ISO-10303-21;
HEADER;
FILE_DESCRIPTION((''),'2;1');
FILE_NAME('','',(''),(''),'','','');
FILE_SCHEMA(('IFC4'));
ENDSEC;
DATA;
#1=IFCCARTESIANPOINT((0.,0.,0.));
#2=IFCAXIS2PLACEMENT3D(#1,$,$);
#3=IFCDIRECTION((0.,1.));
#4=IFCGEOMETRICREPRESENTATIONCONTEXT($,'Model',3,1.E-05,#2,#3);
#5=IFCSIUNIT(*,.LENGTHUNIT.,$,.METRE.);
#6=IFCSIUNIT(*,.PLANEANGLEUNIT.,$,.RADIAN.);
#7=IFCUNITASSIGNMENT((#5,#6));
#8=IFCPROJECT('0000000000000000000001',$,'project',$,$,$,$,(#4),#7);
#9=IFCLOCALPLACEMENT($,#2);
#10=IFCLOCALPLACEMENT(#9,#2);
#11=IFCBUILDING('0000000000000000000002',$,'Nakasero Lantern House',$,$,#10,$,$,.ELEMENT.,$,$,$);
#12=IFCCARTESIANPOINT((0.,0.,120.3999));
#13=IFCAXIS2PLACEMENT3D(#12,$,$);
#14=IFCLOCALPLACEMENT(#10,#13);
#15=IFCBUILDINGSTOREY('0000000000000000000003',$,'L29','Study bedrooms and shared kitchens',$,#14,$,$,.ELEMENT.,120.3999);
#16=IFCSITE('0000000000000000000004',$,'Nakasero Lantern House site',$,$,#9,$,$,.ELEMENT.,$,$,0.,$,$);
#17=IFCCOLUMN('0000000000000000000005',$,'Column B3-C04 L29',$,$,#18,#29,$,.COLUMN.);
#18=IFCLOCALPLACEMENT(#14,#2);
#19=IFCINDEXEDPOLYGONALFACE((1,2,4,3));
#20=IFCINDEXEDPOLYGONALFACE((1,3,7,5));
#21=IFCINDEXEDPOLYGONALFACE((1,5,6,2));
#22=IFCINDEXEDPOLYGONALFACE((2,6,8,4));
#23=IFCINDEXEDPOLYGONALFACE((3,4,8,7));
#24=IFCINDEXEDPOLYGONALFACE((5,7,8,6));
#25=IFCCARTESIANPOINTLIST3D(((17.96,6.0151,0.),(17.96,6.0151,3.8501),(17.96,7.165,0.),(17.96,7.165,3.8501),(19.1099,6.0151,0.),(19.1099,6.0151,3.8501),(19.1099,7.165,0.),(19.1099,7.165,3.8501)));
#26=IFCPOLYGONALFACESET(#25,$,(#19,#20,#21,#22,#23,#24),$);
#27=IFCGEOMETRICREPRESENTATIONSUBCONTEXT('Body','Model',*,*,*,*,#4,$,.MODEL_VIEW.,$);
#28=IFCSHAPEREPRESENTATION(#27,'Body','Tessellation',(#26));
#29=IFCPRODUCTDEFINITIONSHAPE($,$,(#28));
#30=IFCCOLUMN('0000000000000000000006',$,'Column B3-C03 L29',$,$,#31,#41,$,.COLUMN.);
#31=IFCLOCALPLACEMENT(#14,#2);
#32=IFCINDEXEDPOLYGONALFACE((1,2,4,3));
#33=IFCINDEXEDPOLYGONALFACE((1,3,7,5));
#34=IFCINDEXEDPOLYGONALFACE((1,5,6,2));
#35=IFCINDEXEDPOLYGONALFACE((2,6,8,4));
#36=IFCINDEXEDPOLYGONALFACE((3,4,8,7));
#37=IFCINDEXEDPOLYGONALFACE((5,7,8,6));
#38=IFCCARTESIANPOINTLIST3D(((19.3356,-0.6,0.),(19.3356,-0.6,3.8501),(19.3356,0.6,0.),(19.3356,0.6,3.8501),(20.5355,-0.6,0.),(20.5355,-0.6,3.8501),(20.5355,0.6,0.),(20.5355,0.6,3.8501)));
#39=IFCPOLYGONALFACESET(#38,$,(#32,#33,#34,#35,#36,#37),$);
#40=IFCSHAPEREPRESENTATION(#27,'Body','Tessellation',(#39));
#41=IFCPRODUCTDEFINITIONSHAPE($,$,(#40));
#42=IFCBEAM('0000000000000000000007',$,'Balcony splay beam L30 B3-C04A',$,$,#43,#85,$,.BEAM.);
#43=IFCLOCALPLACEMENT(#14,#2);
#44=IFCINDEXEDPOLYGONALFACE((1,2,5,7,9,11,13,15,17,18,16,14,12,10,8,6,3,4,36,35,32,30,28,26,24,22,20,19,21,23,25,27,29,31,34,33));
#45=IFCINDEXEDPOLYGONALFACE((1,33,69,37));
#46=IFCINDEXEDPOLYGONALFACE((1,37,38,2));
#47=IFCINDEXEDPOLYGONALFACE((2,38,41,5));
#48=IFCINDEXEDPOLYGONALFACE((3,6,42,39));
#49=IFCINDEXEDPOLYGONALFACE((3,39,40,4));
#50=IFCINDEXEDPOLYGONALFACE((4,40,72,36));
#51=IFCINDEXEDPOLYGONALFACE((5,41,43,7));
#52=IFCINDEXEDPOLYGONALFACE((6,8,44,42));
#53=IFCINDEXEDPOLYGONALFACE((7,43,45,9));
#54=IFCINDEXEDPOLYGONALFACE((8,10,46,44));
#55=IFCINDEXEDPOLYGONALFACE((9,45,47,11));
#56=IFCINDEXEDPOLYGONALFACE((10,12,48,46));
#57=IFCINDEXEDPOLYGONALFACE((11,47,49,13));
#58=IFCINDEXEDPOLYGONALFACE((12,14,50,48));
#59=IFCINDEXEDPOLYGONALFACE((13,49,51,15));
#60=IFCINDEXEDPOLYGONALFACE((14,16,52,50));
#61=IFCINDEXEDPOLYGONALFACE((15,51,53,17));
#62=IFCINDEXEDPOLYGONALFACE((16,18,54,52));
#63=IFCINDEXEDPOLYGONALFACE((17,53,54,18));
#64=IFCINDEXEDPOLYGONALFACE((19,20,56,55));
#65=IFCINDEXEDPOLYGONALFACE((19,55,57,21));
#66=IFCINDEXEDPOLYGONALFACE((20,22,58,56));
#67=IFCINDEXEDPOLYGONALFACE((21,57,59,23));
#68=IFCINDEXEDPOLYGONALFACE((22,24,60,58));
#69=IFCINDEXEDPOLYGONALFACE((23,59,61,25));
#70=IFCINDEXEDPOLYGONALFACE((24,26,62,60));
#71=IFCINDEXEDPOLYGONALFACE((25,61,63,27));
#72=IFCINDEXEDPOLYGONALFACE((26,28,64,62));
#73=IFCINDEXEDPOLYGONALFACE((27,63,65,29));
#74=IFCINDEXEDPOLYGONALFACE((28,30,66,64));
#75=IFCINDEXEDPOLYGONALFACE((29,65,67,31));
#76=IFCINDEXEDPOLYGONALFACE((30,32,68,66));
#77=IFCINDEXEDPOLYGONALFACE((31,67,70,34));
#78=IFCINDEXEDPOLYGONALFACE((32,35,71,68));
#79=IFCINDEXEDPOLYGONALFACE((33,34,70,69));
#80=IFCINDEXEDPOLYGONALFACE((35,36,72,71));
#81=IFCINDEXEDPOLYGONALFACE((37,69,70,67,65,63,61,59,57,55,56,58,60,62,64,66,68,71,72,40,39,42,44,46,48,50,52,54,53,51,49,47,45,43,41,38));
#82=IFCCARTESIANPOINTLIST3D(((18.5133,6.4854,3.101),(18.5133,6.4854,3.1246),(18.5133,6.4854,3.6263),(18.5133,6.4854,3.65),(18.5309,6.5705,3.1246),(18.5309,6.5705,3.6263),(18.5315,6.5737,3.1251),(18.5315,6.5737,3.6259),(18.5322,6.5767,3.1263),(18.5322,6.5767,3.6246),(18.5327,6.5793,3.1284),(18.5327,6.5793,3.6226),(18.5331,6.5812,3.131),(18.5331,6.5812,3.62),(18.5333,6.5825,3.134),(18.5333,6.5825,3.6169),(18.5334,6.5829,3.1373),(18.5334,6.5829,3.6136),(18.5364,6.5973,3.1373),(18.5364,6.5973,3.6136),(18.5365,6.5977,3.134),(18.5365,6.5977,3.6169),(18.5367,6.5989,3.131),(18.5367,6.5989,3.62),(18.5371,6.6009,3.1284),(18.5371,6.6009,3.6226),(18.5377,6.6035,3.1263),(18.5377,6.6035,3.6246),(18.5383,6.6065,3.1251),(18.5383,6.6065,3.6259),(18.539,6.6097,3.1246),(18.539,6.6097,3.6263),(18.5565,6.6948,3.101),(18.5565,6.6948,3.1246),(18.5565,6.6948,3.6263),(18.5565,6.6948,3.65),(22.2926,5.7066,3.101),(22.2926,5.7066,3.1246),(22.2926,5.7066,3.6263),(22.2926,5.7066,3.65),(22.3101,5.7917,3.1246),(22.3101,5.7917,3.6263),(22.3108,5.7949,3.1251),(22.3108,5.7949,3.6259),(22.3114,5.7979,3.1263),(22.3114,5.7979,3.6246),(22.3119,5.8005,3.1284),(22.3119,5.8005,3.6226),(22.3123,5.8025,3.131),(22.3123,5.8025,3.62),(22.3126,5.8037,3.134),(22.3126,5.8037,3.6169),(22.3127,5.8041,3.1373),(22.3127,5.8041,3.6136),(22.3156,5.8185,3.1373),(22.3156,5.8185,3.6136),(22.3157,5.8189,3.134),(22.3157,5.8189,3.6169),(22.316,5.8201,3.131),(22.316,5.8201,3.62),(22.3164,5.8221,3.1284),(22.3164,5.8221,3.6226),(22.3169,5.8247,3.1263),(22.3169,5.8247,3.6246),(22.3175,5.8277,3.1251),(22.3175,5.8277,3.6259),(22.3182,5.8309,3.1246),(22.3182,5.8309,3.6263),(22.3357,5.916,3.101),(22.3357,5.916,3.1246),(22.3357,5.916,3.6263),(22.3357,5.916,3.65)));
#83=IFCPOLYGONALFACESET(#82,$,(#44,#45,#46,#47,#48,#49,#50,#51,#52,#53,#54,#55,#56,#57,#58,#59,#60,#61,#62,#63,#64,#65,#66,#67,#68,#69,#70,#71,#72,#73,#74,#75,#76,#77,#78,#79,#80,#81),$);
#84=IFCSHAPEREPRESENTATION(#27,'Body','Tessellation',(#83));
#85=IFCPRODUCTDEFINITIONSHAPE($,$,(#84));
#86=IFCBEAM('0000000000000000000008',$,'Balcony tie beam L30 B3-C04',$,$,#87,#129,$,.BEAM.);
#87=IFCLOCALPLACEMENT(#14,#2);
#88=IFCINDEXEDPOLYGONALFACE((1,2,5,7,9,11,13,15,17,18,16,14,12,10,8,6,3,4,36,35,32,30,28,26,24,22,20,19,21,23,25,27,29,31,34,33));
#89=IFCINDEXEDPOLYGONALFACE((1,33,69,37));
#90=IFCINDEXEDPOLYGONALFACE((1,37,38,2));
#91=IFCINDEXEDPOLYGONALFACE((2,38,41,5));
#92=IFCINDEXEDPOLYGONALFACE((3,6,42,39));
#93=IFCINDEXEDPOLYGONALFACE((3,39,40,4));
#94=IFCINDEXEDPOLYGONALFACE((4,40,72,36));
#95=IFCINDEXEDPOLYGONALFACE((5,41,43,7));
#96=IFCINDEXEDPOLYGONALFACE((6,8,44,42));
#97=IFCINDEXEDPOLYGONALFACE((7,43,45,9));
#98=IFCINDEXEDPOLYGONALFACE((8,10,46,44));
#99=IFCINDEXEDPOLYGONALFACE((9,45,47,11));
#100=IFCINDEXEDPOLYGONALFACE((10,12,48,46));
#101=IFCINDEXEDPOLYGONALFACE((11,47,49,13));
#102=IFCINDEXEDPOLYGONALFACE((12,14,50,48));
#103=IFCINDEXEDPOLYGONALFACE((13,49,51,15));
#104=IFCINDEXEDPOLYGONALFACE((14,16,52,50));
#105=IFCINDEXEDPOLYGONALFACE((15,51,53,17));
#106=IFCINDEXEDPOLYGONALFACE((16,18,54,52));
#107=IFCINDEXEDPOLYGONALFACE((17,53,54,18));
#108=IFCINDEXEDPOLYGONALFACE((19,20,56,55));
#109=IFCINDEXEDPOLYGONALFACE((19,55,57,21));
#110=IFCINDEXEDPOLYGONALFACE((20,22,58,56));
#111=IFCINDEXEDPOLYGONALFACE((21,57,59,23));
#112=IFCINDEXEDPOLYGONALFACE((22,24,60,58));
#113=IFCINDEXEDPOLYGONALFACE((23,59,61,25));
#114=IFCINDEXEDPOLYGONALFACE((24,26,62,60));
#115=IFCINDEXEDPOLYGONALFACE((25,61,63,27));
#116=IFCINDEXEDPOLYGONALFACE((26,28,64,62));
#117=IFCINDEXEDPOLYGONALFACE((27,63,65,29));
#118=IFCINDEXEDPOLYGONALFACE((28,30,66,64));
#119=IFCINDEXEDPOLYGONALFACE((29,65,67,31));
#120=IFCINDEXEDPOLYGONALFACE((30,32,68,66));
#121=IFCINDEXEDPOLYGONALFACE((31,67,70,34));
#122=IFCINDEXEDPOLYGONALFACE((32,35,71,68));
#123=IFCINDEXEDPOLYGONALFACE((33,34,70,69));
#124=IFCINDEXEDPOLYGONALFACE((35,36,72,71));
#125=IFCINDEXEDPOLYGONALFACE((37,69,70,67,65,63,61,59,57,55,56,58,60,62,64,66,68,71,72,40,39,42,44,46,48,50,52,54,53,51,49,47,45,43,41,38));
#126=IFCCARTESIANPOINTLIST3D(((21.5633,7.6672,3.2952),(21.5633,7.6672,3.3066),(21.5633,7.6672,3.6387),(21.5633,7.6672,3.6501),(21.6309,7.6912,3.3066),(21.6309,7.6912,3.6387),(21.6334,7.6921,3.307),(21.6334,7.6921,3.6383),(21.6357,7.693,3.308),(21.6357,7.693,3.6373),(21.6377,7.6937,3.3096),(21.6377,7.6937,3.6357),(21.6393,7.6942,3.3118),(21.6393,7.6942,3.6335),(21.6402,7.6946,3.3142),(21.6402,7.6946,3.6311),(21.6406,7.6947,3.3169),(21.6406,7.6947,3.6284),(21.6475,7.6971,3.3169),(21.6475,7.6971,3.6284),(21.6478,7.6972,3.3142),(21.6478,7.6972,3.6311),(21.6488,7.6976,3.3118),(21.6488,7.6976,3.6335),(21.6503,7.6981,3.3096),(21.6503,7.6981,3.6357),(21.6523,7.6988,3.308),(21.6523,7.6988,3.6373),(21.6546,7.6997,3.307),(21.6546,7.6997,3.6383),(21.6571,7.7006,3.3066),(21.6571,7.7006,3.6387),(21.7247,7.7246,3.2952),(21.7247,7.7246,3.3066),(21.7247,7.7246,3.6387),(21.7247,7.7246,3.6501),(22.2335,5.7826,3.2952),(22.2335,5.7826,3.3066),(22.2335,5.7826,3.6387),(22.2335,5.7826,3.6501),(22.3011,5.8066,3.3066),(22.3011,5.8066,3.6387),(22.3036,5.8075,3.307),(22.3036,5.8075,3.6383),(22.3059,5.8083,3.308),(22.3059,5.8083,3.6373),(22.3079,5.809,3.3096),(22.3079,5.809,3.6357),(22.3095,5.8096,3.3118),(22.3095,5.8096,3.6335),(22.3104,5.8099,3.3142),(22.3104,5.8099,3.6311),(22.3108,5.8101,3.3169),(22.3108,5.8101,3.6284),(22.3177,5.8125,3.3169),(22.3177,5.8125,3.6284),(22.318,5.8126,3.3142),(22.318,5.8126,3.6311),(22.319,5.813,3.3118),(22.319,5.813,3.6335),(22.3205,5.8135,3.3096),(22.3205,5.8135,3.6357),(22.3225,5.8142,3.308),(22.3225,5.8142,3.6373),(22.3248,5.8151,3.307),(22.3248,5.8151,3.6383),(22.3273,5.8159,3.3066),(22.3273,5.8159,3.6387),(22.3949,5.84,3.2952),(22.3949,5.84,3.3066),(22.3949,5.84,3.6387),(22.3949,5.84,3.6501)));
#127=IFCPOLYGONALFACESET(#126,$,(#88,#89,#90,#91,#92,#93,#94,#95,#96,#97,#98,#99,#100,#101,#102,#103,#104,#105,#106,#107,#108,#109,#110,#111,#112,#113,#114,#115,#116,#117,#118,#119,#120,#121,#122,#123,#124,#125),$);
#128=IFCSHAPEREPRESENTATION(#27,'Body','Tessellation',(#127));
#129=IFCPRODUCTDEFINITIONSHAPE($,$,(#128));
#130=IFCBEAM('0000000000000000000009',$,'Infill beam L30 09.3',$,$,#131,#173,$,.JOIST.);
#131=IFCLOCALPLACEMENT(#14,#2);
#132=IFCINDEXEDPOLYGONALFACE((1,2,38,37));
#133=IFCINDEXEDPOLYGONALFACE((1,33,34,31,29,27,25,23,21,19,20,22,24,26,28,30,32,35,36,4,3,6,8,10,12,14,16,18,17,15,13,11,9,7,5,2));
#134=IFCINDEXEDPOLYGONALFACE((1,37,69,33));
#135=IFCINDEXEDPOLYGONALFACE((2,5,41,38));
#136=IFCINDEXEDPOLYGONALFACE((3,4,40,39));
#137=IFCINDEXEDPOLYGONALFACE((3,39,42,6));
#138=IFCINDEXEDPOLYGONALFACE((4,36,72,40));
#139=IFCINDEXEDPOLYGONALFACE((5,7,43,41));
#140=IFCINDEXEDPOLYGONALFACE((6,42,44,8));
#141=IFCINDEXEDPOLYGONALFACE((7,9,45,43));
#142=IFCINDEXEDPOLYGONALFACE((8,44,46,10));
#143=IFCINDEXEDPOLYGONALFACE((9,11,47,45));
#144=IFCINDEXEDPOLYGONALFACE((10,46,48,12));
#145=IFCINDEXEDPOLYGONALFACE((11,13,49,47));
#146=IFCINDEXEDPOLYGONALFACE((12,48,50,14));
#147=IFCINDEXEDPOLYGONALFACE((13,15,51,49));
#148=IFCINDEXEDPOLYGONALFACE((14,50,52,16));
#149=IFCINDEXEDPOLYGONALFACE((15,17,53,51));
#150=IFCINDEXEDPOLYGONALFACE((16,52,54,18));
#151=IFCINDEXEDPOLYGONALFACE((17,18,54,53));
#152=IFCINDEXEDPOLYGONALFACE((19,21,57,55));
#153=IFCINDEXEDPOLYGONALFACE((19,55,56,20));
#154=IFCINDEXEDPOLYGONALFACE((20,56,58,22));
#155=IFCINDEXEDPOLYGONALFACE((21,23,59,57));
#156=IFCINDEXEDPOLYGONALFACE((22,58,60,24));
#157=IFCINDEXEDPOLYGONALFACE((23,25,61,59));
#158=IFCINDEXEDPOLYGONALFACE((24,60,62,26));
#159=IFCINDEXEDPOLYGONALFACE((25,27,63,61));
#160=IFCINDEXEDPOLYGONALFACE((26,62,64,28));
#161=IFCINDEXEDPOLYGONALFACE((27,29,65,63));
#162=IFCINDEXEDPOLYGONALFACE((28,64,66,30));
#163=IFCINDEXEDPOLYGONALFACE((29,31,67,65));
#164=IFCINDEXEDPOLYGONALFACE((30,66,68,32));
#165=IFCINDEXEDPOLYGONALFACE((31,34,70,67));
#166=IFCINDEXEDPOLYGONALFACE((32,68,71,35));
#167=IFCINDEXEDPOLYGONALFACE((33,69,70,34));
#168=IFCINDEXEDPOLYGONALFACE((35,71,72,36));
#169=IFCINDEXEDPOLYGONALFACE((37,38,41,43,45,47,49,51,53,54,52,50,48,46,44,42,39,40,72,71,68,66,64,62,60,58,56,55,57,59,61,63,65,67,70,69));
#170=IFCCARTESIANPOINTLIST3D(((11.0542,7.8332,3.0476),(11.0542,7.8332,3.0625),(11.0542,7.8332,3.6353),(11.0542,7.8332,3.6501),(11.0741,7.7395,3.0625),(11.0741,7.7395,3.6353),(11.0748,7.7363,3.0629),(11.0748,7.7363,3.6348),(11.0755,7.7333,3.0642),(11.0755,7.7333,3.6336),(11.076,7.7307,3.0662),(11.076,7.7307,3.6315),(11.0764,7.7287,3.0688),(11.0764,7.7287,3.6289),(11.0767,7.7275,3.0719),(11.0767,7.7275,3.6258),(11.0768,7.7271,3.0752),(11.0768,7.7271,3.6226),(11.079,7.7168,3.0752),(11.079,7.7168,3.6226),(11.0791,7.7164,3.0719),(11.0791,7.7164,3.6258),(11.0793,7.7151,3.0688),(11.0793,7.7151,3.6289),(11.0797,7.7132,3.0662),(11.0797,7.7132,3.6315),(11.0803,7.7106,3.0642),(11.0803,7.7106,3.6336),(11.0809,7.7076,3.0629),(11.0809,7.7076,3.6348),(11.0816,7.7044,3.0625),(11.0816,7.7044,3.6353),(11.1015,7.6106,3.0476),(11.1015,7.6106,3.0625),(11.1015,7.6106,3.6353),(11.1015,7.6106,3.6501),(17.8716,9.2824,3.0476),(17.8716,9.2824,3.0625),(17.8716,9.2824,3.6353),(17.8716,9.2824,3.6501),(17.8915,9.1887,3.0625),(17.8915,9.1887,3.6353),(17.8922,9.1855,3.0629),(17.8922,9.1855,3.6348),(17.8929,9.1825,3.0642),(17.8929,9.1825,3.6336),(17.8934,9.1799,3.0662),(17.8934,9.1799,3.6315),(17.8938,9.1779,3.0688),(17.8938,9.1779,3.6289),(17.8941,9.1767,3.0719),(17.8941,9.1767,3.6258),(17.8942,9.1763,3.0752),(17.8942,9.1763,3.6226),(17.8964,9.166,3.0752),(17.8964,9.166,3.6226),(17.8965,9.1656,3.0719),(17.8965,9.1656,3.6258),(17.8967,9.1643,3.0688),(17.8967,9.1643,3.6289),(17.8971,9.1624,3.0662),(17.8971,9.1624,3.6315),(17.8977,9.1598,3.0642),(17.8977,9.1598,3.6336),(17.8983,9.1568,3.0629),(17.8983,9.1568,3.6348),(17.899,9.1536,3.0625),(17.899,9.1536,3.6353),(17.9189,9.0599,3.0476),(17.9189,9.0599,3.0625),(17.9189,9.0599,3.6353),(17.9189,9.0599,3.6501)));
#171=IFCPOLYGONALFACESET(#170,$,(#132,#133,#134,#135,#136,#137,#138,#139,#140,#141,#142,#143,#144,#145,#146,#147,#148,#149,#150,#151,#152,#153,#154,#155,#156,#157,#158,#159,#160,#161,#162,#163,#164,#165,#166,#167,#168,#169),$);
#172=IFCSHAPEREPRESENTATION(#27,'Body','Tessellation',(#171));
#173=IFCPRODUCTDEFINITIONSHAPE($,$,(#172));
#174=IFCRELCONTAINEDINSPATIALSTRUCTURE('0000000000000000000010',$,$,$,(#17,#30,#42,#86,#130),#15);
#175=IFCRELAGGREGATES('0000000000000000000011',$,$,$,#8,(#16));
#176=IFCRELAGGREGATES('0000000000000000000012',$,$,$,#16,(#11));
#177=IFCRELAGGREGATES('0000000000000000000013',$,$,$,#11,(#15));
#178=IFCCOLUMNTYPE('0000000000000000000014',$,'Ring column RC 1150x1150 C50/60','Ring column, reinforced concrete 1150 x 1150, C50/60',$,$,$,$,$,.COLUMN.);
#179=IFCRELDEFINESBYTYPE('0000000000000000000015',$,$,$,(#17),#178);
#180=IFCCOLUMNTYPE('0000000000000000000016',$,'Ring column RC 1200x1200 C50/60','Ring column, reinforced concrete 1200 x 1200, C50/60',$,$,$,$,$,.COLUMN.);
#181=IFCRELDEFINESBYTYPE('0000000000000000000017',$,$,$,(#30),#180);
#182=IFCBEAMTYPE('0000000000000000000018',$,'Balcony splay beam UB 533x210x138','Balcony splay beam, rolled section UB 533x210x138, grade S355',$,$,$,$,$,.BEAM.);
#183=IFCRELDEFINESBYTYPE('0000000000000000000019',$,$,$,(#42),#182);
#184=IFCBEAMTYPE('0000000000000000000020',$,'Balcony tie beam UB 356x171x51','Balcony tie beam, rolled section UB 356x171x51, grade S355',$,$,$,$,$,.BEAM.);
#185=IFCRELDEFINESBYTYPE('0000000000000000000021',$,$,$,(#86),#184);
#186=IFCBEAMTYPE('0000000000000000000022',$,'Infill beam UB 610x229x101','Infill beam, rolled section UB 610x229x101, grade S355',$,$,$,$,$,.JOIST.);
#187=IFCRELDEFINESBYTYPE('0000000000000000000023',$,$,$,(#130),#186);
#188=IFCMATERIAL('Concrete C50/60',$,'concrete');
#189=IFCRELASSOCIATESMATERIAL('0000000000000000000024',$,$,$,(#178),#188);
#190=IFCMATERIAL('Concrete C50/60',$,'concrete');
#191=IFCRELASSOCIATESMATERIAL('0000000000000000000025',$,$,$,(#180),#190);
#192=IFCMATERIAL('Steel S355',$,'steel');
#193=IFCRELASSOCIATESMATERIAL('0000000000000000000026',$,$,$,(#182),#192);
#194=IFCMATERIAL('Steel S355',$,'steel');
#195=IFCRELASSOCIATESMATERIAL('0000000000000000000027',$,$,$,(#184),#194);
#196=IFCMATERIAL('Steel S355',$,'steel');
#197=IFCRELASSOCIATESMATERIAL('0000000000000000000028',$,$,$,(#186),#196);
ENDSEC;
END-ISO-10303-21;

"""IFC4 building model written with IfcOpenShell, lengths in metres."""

from ifc_helpers import new_model, si_unit, direction, frame, origin, origin_2d, place, context, subcontext, project, spatial, rectangle, i_section, extrude, material, material_profile, profile_set, type_object, element, save


model = new_model("IFC4")

# Units and contexts
model_context = context("Model", 3, precision=1e-05, world=origin(), true_north=direction((0.0, 1.0)))
body_context = subcontext(model_context, "Body", "Model", "MODEL_VIEW")
ifc_project = project(units=[si_unit("LENGTHUNIT", "METRE"), si_unit("PLANEANGLEUNIT", "RADIAN")], contexts=[model_context])

# Site, building, storey
site_placement = place(None, origin())
site = spatial("IfcSite", under=ifc_project, at=site_placement, Name="Nakasero Lantern House site", CompositionType="ELEMENT", RefElevation=0.0)
building_placement = place(site_placement, origin())
building = spatial("IfcBuilding", under=site, at=building_placement, Name="Nakasero Lantern House", CompositionType="ELEMENT")
storey_placement = place(building_placement, frame((0.0, 0.0, 120.3999)))
storey = spatial("IfcBuildingStorey", under=building, at=storey_placement, Name="L29", Description="Study bedrooms and shared kitchens", CompositionType="ELEMENT", Elevation=120.3999)

# Columns
ifc_material_1 = material(Name="Concrete C50/60", Category="concrete")
ifc_material_profile_1 = material_profile(ifc_material_1, rectangle(XDim=1.1499, YDim=1.1499, at=origin_2d()), Name="RC 1150x1150")
ifc_profile_set_1 = profile_set([ifc_material_profile_1], Name="Concrete C50/60")
column_type_1 = type_object("IfcColumnType", Name="Ring column RC 1150x1150 C50/60", Description="Ring column, reinforced concrete 1150 x 1150, C50/60", PredefinedType="COLUMN", material=ifc_profile_set_1)
column_1_placement = place(storey_placement, frame((18.5349, 6.5901, 0.0), z_axis=(0.0, 0.0, 1.0), x_axis=(1.0, 0.0, 0.0)))
element("IfcColumn", 1, at=column_1_placement, inside=storey, type_object=column_type_1, Name="Column B3-C04 L29", PredefinedType="COLUMN", context=body_context, shape_type="SweptSolid", body=[
    extrude(rectangle(XDim=1.1499, YDim=1.1499, at=origin_2d()), origin(), (0.0, 0.0, 1.0), 3.8501),
])
ifc_material_2 = material(Name="Concrete C50/60", Category="concrete")
ifc_material_profile_2 = material_profile(ifc_material_2, rectangle(XDim=1.2, YDim=1.2, at=origin_2d()), Name="RC 1200x1200")
ifc_profile_set_2 = profile_set([ifc_material_profile_2], Name="Concrete C50/60")
column_type_2 = type_object("IfcColumnType", Name="Ring column RC 1200x1200 C50/60", Description="Ring column, reinforced concrete 1200 x 1200, C50/60", PredefinedType="COLUMN", material=ifc_profile_set_2)
column_2_placement = place(storey_placement, frame((19.9355, 0.0, 0.0), z_axis=(0.0, 0.0, 1.0), x_axis=(1.0, 0.0, 0.0)))
element("IfcColumn", 2, at=column_2_placement, inside=storey, type_object=column_type_2, Name="Column B3-C03 L29", PredefinedType="COLUMN", context=body_context, shape_type="SweptSolid", body=[
    extrude(rectangle(XDim=1.2, YDim=1.2, at=origin_2d()), origin(), (0.0, 0.0, 1.0), 3.8501),
])

# Beams
ifc_material_3 = material(Name="Steel S355", Category="steel")
ifc_material_profile_3 = material_profile(ifc_material_3, i_section(OverallWidth=0.2139, OverallDepth=0.5491, WebThickness=0.0146, FlangeThickness=0.0237, FilletRadius=0.0127, at=origin_2d()), Name="UB 533x210x138")
ifc_profile_set_3 = profile_set([ifc_material_profile_3], Name="Steel S355")
beam_type_1 = type_object("IfcBeamType", Name="Balcony splay beam UB 533x210x138", Description="Balcony splay beam, rolled section UB 533x210x138, grade S355", PredefinedType="BEAM", material=ifc_profile_set_3)
beam_1_placement = place(storey_placement, frame((18.5349, 6.5901, 3.3755), z_axis=(0.97942, -0.201831, 0.0), x_axis=(0.201831, 0.97942, 0.0)))
element("IfcBeam", 3, at=beam_1_placement, inside=storey, type_object=beam_type_1, Name="Balcony splay beam L30 B3-C04A", PredefinedType="BEAM", context=body_context, shape_type="SweptSolid", body=[
    extrude(i_section(OverallWidth=0.2139, OverallDepth=0.5491, WebThickness=0.0146, FlangeThickness=0.0237, FilletRadius=0.0127, at=origin_2d()), origin(), (0.0, 0.0, 1.0), 3.8586),
])
ifc_material_4 = material(Name="Steel S355", Category="steel")
ifc_material_profile_4 = material_profile(ifc_material_4, i_section(OverallWidth=0.1714, OverallDepth=0.355, WebThickness=0.0073, FlangeThickness=0.0115, FilletRadius=0.0103, at=origin_2d()), Name="UB 356x171x51")
ifc_profile_set_4 = profile_set([ifc_material_profile_4], Name="Steel S355")
beam_type_2 = type_object("IfcBeamType", Name="Balcony tie beam UB 356x171x51", Description="Balcony tie beam, rolled section UB 356x171x51, grade S355", PredefinedType="BEAM", material=ifc_profile_set_4)
beam_2_placement = place(storey_placement, frame((22.3142, 5.8113, 3.4727), z_axis=(-0.33506, 0.942197, 0.0), x_axis=(-0.942197, -0.33506, 0.0)))
element("IfcBeam", 4, at=beam_2_placement, inside=storey, type_object=beam_type_2, Name="Balcony tie beam L30 B3-C04", PredefinedType="BEAM", context=body_context, shape_type="SweptSolid", body=[
    extrude(i_section(OverallWidth=0.1714, OverallDepth=0.355, WebThickness=0.0073, FlangeThickness=0.0115, FilletRadius=0.0103, at=origin_2d()), origin(), (0.0, 0.0, 1.0), 2.0002),
])
ifc_material_5 = material(Name="Steel S355", Category="steel")
ifc_material_profile_5 = material_profile(ifc_material_5, i_section(OverallWidth=0.2275, OverallDepth=0.6025, WebThickness=0.0105, FlangeThickness=0.0149, FilletRadius=0.0127, at=origin_2d()), Name="UB 610x229x101")
ifc_profile_set_5 = profile_set([ifc_material_profile_5], Name="Steel S355")
beam_type_3 = type_object("IfcBeamType", Name="Infill beam UB 610x229x101", Description="Infill beam, rolled section UB 610x229x101, grade S355", PredefinedType="JOIST", material=ifc_profile_set_5)
beam_3_placement = place(storey_placement, frame((11.0779, 7.7219, 3.3489), z_axis=(0.978144, 0.207931, 0.0), x_axis=(-0.207931, 0.978144, 0.0)))
element("IfcBeam", 5, at=beam_3_placement, inside=storey, type_object=beam_type_3, Name="Infill beam L30 09.3", PredefinedType="JOIST", context=body_context, shape_type="SweptSolid", body=[
    extrude(i_section(OverallWidth=0.2275, OverallDepth=0.6025, WebThickness=0.0105, FlangeThickness=0.0149, FilletRadius=0.0127, at=origin_2d()), origin(), (0.0, 0.0, 1.0), 6.9697),
])

save(model, "model.ifc")
